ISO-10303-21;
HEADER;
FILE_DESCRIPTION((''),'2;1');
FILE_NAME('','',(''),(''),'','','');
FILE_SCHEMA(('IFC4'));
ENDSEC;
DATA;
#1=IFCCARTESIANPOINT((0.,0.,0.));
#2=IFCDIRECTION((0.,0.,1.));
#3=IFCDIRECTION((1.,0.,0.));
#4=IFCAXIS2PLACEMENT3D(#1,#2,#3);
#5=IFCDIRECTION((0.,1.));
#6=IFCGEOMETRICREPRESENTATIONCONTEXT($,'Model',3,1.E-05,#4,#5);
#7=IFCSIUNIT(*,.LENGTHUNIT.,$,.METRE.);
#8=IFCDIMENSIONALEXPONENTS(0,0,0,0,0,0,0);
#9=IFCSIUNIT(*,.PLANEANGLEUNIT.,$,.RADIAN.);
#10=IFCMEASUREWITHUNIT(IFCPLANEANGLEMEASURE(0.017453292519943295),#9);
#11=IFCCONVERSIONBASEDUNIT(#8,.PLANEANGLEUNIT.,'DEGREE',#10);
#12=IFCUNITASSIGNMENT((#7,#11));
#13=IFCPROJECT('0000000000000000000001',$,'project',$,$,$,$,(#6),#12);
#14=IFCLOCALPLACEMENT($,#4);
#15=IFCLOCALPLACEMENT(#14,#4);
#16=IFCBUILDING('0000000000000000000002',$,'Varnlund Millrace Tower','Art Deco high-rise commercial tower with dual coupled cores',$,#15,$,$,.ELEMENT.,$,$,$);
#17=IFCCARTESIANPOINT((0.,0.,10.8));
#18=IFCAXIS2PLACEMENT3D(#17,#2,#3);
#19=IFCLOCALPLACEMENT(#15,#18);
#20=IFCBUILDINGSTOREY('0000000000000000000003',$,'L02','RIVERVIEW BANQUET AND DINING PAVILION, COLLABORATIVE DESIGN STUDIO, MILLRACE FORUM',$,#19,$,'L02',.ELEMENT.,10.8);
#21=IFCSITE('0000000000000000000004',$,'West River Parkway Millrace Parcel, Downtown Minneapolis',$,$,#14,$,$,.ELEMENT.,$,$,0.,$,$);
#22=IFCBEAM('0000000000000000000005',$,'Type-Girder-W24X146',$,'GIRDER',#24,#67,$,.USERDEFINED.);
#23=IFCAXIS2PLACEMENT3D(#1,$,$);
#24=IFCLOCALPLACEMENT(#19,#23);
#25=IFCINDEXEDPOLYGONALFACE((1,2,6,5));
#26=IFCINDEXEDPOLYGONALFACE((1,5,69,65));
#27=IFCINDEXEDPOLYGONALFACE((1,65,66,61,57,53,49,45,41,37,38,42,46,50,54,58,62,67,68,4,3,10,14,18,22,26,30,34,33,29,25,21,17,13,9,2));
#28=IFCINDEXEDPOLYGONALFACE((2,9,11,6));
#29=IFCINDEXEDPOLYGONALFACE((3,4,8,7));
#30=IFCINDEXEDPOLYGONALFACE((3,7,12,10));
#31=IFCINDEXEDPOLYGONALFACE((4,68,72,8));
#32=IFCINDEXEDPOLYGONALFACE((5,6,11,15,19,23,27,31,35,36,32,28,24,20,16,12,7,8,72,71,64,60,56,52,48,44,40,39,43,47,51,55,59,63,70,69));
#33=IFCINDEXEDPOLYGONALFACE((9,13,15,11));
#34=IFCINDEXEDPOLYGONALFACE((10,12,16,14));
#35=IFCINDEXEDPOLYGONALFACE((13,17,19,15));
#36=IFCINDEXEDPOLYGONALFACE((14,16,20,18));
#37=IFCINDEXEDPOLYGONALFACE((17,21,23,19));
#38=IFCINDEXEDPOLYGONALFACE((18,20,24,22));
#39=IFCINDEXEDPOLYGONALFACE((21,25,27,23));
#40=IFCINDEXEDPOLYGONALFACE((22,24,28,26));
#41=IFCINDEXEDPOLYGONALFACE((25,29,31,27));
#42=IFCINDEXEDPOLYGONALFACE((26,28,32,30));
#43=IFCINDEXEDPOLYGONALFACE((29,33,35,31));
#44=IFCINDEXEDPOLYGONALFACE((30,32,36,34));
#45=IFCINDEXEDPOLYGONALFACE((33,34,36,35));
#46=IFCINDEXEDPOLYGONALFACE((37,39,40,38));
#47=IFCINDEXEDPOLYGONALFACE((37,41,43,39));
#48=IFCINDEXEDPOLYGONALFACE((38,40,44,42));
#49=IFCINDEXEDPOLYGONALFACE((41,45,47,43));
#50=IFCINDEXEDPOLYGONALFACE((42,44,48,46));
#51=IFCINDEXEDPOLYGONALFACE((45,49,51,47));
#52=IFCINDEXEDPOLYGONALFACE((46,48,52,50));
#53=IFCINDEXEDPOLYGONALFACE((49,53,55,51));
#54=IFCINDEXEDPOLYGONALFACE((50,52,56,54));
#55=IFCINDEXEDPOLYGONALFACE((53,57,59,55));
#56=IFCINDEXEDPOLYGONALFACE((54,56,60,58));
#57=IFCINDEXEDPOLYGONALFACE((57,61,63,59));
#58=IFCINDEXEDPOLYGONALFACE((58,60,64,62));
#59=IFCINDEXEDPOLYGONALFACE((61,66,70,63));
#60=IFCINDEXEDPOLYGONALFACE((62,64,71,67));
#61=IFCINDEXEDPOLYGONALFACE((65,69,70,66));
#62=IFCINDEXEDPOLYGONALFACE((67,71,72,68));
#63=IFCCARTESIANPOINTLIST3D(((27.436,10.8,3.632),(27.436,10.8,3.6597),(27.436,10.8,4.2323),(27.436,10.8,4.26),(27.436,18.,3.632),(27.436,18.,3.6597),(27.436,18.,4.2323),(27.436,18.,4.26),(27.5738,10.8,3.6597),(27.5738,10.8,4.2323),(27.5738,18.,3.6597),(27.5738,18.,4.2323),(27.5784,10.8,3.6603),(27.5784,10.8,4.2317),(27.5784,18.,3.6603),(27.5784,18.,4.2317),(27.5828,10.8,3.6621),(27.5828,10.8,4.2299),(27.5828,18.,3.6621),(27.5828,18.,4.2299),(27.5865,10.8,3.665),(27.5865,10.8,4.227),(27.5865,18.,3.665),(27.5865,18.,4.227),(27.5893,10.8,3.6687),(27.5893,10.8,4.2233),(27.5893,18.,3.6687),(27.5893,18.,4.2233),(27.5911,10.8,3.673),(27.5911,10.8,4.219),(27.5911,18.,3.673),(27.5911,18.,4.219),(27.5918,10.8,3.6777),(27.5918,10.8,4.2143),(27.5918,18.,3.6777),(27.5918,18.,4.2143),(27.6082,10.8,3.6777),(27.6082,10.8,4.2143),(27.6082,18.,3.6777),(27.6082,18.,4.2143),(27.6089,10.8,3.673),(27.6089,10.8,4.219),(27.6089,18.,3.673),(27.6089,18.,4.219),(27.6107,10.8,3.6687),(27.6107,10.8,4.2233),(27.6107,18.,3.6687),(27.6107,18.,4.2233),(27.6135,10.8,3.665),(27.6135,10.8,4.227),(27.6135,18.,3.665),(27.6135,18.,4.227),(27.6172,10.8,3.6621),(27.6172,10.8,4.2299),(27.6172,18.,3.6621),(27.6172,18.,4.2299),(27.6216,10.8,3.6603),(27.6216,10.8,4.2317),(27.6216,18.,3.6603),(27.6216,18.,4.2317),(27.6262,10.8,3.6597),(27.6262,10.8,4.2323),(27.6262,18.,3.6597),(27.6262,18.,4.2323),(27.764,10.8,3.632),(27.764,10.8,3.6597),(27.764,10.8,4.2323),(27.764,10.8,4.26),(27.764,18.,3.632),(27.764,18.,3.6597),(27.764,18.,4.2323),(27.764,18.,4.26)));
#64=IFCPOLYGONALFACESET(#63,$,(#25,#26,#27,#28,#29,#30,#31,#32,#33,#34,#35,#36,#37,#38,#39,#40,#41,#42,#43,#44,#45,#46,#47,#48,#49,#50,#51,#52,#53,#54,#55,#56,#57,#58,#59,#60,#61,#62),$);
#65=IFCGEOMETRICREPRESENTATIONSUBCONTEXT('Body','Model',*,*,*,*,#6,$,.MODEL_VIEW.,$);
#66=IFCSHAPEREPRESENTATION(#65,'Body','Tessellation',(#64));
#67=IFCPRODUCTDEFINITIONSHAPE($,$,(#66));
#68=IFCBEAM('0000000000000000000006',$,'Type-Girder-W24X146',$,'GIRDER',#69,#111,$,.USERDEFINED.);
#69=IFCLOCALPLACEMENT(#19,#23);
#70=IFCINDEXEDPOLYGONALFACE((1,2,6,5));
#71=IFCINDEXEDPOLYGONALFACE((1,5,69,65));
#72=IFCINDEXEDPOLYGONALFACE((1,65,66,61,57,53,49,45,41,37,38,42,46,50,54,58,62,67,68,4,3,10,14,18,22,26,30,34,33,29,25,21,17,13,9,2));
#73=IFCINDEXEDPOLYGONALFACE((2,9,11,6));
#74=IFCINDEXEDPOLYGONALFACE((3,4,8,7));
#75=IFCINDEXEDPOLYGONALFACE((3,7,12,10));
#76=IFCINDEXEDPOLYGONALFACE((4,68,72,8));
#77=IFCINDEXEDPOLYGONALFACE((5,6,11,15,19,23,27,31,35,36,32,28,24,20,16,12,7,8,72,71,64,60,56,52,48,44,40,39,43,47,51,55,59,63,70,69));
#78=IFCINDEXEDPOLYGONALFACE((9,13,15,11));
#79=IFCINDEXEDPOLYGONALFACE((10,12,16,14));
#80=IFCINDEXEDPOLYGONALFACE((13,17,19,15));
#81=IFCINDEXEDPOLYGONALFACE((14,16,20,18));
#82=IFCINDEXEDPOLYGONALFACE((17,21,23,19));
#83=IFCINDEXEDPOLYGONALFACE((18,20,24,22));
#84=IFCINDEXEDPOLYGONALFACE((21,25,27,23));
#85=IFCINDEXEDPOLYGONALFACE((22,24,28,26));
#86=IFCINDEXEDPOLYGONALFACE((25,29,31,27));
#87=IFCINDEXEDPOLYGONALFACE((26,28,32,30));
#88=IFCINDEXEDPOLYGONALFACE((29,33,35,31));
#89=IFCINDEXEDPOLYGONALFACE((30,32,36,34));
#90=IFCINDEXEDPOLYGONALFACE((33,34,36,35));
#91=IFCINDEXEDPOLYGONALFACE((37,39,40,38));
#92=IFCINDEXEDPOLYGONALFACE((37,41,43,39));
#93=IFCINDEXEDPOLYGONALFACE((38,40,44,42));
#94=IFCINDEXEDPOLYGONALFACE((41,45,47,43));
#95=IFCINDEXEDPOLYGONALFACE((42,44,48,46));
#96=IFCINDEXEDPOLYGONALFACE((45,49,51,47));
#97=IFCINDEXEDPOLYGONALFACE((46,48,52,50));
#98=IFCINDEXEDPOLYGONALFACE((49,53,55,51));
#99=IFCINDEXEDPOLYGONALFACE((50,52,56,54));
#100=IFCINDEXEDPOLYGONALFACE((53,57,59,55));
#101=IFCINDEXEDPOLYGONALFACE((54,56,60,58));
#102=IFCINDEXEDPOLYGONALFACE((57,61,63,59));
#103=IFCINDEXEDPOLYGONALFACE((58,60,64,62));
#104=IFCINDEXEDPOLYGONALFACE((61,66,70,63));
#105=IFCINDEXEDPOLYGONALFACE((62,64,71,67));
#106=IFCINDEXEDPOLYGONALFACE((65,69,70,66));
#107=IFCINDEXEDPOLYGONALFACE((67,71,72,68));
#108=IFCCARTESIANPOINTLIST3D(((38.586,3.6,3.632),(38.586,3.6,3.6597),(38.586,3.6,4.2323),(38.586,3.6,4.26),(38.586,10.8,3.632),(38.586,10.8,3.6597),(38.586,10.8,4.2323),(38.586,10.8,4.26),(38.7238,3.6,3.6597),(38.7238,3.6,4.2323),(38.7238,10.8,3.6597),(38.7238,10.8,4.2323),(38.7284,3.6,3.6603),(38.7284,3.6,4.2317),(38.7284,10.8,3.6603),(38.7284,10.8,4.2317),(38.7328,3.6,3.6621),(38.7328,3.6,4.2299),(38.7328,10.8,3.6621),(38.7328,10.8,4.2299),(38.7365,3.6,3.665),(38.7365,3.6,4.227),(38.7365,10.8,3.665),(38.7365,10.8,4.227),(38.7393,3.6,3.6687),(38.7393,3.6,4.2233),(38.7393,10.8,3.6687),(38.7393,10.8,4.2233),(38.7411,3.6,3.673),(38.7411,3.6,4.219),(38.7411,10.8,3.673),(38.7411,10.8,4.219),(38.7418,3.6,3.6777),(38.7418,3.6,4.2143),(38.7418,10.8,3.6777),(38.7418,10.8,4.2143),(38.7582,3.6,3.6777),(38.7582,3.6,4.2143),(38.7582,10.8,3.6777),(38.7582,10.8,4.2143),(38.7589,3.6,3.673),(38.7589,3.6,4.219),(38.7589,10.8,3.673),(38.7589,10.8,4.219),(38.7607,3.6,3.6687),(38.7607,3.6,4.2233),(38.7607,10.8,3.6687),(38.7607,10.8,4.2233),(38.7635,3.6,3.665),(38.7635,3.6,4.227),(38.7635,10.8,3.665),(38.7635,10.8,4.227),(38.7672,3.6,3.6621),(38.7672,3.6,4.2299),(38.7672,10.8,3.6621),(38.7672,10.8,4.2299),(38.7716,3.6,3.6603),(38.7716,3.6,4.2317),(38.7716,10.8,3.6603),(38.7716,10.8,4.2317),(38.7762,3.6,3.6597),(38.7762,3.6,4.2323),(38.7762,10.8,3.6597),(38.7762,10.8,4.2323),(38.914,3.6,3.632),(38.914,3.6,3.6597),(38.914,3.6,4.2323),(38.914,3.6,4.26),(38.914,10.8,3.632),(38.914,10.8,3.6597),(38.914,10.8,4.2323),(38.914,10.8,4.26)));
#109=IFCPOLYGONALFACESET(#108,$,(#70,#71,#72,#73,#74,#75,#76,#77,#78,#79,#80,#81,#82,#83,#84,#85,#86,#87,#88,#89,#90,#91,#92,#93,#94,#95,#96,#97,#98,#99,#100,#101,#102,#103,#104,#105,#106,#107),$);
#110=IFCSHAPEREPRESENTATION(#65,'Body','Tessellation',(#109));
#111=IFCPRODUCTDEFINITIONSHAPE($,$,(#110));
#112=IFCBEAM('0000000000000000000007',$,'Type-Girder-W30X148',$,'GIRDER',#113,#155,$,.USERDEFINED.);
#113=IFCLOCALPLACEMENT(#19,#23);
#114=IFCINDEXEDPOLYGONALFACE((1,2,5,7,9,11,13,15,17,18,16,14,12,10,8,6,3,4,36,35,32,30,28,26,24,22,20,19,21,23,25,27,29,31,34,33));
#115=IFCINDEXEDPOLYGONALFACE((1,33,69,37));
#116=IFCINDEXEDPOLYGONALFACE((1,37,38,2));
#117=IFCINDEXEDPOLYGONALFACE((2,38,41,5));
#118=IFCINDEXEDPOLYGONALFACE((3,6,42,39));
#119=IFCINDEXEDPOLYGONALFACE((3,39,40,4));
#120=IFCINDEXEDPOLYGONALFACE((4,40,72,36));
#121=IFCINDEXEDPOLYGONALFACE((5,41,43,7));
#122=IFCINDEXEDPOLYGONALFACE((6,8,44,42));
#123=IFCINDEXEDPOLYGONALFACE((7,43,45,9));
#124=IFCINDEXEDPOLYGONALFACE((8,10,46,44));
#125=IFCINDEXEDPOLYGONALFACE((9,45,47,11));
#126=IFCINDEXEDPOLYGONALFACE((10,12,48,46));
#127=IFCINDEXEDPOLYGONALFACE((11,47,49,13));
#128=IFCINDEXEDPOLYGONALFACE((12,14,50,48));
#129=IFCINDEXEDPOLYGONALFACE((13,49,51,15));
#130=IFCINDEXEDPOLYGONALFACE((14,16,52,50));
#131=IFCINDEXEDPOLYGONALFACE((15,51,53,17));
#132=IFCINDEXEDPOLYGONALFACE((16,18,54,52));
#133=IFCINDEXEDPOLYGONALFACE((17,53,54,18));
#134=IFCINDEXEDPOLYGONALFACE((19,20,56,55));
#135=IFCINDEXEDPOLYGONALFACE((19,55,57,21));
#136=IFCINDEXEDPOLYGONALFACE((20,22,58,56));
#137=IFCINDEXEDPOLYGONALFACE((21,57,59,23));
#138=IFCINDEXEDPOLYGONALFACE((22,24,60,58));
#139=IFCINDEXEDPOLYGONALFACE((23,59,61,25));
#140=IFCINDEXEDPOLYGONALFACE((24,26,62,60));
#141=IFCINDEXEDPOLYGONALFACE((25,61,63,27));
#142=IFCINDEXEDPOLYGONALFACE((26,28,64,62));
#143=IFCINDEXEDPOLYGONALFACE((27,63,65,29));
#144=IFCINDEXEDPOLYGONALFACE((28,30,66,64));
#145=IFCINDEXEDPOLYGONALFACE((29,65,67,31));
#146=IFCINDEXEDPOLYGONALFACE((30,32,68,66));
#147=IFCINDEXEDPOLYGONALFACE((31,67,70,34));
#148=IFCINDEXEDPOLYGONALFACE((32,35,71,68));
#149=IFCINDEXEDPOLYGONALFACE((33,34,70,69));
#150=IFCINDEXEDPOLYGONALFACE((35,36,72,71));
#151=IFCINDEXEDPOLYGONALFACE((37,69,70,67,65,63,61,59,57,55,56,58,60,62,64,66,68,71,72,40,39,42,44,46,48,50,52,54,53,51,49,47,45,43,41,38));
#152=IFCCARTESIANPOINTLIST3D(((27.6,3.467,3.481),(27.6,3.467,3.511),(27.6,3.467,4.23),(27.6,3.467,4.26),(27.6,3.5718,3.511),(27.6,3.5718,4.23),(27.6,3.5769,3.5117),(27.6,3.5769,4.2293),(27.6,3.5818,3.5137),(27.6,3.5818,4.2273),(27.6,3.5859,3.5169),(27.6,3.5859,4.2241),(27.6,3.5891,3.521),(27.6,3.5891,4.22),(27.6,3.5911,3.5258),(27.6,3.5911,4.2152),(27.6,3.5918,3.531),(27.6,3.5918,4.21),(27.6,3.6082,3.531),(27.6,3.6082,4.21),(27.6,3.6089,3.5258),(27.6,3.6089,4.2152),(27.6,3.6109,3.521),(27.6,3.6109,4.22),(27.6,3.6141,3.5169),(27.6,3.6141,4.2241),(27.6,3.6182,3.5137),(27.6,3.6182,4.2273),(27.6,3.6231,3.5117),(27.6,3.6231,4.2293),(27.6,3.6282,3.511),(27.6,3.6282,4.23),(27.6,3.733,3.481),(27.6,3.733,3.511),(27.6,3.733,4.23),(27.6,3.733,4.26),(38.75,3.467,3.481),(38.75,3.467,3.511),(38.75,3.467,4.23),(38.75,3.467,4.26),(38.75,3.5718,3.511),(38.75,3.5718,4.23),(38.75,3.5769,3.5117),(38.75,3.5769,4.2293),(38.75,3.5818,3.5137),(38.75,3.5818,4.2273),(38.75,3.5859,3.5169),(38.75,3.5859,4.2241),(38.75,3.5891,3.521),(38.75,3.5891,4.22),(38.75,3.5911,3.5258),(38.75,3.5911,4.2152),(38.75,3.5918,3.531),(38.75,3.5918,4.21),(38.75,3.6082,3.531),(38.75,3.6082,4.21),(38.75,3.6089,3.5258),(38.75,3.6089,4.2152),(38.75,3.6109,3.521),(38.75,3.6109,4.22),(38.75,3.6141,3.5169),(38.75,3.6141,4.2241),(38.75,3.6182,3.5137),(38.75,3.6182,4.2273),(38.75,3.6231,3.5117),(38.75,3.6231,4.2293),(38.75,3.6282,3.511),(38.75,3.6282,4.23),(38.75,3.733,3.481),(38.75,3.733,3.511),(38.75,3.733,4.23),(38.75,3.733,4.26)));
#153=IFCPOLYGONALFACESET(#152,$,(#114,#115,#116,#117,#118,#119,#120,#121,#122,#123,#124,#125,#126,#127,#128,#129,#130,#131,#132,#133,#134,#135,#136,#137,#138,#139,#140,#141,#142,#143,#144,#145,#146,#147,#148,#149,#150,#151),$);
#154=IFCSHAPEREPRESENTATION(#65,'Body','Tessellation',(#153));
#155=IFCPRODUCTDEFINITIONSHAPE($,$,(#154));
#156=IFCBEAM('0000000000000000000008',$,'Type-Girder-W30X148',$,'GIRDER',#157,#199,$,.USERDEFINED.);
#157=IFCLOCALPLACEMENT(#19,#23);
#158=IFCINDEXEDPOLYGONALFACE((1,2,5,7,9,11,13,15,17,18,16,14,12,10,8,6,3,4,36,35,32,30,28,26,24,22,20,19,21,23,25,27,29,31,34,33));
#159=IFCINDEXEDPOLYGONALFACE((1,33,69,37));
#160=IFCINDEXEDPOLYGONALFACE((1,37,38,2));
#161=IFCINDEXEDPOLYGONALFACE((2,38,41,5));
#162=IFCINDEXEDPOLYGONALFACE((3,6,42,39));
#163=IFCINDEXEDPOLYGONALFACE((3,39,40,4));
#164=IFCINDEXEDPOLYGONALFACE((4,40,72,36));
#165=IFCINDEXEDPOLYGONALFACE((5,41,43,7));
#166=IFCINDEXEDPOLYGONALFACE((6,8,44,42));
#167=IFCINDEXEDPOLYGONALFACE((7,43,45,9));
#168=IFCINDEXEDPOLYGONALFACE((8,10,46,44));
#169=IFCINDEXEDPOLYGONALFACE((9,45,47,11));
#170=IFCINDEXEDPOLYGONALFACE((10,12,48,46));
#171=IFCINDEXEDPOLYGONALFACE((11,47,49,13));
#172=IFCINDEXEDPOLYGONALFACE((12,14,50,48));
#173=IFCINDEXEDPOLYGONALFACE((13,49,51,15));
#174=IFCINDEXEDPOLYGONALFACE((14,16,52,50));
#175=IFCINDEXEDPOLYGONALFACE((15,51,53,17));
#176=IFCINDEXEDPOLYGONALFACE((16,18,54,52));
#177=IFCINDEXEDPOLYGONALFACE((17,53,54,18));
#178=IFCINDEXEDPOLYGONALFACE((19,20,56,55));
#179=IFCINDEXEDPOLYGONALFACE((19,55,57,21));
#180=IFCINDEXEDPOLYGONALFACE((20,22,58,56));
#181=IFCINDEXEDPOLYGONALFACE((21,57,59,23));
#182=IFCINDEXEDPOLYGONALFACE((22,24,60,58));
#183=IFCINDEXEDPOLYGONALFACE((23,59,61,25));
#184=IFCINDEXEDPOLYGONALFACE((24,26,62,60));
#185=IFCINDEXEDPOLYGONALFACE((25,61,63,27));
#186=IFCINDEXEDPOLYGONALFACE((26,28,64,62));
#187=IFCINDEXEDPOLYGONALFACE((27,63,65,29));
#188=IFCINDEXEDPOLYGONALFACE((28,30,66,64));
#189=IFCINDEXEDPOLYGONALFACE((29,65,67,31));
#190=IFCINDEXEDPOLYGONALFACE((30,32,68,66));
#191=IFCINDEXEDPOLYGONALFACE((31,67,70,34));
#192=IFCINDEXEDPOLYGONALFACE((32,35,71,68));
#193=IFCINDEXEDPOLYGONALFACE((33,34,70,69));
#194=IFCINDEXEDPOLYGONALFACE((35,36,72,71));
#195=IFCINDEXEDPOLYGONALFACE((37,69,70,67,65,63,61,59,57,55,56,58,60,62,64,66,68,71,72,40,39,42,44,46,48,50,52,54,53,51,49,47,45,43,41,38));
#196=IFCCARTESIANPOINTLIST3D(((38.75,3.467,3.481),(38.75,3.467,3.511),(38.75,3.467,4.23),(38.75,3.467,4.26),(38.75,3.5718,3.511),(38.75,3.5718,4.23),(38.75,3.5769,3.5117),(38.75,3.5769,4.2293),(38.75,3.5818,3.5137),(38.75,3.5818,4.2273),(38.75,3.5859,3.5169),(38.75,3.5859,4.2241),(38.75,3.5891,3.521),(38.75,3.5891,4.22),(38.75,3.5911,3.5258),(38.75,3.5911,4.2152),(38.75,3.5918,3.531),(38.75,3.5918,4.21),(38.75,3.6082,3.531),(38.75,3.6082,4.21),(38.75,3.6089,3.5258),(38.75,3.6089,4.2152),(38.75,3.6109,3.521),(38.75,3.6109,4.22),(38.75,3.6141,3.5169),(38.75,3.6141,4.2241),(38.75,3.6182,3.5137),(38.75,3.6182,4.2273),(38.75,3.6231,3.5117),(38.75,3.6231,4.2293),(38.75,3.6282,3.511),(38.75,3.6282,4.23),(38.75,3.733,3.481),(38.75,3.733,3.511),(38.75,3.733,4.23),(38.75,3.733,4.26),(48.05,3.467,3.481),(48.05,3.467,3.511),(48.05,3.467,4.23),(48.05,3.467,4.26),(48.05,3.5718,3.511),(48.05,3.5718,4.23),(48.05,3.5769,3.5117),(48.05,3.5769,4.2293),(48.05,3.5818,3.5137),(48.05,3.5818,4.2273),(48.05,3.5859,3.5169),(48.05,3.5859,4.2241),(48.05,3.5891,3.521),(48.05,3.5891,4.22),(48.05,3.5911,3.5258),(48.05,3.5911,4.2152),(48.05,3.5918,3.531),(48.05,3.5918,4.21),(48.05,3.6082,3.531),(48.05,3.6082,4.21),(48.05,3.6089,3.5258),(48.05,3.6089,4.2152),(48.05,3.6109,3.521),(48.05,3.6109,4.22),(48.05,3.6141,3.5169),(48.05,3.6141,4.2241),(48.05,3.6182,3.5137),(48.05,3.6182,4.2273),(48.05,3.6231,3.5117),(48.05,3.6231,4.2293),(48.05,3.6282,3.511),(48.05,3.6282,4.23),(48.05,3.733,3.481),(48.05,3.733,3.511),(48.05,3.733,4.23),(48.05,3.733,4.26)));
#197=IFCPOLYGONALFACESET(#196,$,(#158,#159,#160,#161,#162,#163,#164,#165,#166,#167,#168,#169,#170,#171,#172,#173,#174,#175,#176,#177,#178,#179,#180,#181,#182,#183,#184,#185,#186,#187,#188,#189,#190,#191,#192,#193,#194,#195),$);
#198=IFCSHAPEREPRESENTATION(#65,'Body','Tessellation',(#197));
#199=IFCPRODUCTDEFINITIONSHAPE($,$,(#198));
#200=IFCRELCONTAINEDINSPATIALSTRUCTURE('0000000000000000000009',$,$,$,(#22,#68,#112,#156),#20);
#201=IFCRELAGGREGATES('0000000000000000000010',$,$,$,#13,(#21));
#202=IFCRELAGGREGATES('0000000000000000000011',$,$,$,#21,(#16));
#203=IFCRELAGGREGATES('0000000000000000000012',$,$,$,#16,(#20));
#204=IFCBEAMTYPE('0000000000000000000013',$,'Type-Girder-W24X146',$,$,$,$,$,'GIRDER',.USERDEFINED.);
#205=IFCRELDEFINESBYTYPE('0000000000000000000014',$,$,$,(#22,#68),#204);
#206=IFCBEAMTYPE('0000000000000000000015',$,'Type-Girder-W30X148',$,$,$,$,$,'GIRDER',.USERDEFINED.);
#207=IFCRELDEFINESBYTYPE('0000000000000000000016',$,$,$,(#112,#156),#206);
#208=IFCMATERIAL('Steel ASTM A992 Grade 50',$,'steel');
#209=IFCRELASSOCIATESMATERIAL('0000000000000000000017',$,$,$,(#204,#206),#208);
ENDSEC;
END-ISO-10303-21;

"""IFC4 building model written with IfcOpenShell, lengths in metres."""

from ifc_helpers import new_model, entity, si_unit, converted_unit, direction, frame, origin_with_axes, origin_2d_with_axis, place, context, subcontext, project, spatial, i_section, extrude, material, material_profile, profile_set, type_object, element, save


model = new_model("IFC4")

# Units and contexts
model_context = context("Model", 3, precision=1e-05, world=origin_with_axes(), true_north=direction((0.0, 1.0)))
body_context = subcontext(model_context, "Body", "Model", "MODEL_VIEW")
ifc_project = project(units=[si_unit("LENGTHUNIT", "METRE"), converted_unit("PLANEANGLEUNIT", "DEGREE", entity("IfcPlaneAngleMeasure", 0.017453292519943295), si_unit("PLANEANGLEUNIT", "RADIAN"), dimensions=[0, 0, 0, 0, 0, 0, 0])], contexts=[model_context])

# Site, building, storey
site_placement = place(None, origin_with_axes())
site = spatial("IfcSite", under=ifc_project, at=site_placement, Name="West River Parkway Millrace Parcel, Downtown Minneapolis", CompositionType="ELEMENT", RefElevation=0.0)
building_placement = place(site_placement, origin_with_axes())
building = spatial("IfcBuilding", under=site, at=building_placement, Name="Varnlund Millrace Tower", Description="Art Deco high-rise commercial tower with dual coupled cores", CompositionType="ELEMENT")
storey_placement = place(building_placement, frame((0.0, 0.0, 10.8), z_axis=(0.0, 0.0, 1.0), x_axis=(1.0, 0.0, 0.0)))
storey = spatial("IfcBuildingStorey", under=building, at=storey_placement, Name="L02", Description="RIVERVIEW BANQUET AND DINING PAVILION, COLLABORATIVE DESIGN STUDIO, MILLRACE FORUM", LongName="L02", CompositionType="ELEMENT", Elevation=10.8)

# Beams
ifc_material_1 = material(Name="Steel ASTM A992 Grade 50", Category="steel")
ifc_material_profile_1 = material_profile(ifc_material_1, i_section(OverallWidth=0.328, OverallDepth=0.628, WebThickness=0.0165, FlangeThickness=0.0277, FilletRadius=0.018, at=origin_2d_with_axis()), Name="Steel ASTM A992 Grade 50")
ifc_profile_set_1 = profile_set([ifc_material_profile_1], Name="Steel ASTM A992 Grade 50")
beam_type_1 = type_object("IfcBeamType", Name="Type-Girder-W24X146", ElementType="GIRDER", PredefinedType="USERDEFINED", material=ifc_profile_set_1)
for number, where, z_axis, x_axis, name in (
    (1, (27.6, 10.8, 3.946), (0.0, 1.0, 0.0), (-1.0, 0.0, 0.0), "Type-Girder-W24X146"),
    (2, (38.75, 3.6, 3.946), (0.0, 1.0, 0.0), (-1.0, 0.0, 0.0), "Type-Girder-W24X146"),
):
    element("IfcBeam", number, at=place(storey_placement, frame(where, z_axis=z_axis, x_axis=x_axis)), inside=storey, type_object=beam_type_1, Name=name, ObjectType="GIRDER", PredefinedType="USERDEFINED", context=body_context, shape_type="SweptSolid", body=[
        extrude(i_section(OverallWidth=0.328, OverallDepth=0.628, WebThickness=0.0165, FlangeThickness=0.0277, FilletRadius=0.018, at=origin_2d_with_axis()), origin_with_axes(), (0.0, 0.0, 1.0), 7.2),
    ])
ifc_material_profile_2 = material_profile(ifc_material_1, i_section(OverallWidth=0.266, OverallDepth=0.779, WebThickness=0.0165, FlangeThickness=0.03, FilletRadius=0.02, at=origin_2d_with_axis()), Name="Steel ASTM A992 Grade 50")
ifc_profile_set_2 = profile_set([ifc_material_profile_2], Name="Steel ASTM A992 Grade 50")
beam_type_2 = type_object("IfcBeamType", Name="Type-Girder-W30X148", ElementType="GIRDER", PredefinedType="USERDEFINED", material=ifc_profile_set_2)
beam_1_placement = place(storey_placement, frame((27.6, 3.6, 3.8705), z_axis=(1.0, 0.0, 0.0), x_axis=(0.0, 1.0, 0.0)))
element("IfcBeam", 3, at=beam_1_placement, inside=storey, type_object=beam_type_2, Name="Type-Girder-W30X148", ObjectType="GIRDER", PredefinedType="USERDEFINED", context=body_context, shape_type="SweptSolid", body=[
    extrude(i_section(OverallWidth=0.266, OverallDepth=0.779, WebThickness=0.0165, FlangeThickness=0.03, FilletRadius=0.02, at=origin_2d_with_axis()), origin_with_axes(), (0.0, 0.0, 1.0), 11.15),
])
beam_2_placement = place(storey_placement, frame((38.75, 3.6, 3.8705), z_axis=(1.0, 0.0, 0.0), x_axis=(0.0, 1.0, 0.0)))
element("IfcBeam", 4, at=beam_2_placement, inside=storey, type_object=beam_type_2, Name="Type-Girder-W30X148", ObjectType="GIRDER", PredefinedType="USERDEFINED", context=body_context, shape_type="SweptSolid", body=[
    extrude(i_section(OverallWidth=0.266, OverallDepth=0.779, WebThickness=0.0165, FlangeThickness=0.03, FilletRadius=0.02, at=origin_2d_with_axis()), origin_with_axes(), (0.0, 0.0, 1.0), 9.3),
])

save(model, "model.ifc")
